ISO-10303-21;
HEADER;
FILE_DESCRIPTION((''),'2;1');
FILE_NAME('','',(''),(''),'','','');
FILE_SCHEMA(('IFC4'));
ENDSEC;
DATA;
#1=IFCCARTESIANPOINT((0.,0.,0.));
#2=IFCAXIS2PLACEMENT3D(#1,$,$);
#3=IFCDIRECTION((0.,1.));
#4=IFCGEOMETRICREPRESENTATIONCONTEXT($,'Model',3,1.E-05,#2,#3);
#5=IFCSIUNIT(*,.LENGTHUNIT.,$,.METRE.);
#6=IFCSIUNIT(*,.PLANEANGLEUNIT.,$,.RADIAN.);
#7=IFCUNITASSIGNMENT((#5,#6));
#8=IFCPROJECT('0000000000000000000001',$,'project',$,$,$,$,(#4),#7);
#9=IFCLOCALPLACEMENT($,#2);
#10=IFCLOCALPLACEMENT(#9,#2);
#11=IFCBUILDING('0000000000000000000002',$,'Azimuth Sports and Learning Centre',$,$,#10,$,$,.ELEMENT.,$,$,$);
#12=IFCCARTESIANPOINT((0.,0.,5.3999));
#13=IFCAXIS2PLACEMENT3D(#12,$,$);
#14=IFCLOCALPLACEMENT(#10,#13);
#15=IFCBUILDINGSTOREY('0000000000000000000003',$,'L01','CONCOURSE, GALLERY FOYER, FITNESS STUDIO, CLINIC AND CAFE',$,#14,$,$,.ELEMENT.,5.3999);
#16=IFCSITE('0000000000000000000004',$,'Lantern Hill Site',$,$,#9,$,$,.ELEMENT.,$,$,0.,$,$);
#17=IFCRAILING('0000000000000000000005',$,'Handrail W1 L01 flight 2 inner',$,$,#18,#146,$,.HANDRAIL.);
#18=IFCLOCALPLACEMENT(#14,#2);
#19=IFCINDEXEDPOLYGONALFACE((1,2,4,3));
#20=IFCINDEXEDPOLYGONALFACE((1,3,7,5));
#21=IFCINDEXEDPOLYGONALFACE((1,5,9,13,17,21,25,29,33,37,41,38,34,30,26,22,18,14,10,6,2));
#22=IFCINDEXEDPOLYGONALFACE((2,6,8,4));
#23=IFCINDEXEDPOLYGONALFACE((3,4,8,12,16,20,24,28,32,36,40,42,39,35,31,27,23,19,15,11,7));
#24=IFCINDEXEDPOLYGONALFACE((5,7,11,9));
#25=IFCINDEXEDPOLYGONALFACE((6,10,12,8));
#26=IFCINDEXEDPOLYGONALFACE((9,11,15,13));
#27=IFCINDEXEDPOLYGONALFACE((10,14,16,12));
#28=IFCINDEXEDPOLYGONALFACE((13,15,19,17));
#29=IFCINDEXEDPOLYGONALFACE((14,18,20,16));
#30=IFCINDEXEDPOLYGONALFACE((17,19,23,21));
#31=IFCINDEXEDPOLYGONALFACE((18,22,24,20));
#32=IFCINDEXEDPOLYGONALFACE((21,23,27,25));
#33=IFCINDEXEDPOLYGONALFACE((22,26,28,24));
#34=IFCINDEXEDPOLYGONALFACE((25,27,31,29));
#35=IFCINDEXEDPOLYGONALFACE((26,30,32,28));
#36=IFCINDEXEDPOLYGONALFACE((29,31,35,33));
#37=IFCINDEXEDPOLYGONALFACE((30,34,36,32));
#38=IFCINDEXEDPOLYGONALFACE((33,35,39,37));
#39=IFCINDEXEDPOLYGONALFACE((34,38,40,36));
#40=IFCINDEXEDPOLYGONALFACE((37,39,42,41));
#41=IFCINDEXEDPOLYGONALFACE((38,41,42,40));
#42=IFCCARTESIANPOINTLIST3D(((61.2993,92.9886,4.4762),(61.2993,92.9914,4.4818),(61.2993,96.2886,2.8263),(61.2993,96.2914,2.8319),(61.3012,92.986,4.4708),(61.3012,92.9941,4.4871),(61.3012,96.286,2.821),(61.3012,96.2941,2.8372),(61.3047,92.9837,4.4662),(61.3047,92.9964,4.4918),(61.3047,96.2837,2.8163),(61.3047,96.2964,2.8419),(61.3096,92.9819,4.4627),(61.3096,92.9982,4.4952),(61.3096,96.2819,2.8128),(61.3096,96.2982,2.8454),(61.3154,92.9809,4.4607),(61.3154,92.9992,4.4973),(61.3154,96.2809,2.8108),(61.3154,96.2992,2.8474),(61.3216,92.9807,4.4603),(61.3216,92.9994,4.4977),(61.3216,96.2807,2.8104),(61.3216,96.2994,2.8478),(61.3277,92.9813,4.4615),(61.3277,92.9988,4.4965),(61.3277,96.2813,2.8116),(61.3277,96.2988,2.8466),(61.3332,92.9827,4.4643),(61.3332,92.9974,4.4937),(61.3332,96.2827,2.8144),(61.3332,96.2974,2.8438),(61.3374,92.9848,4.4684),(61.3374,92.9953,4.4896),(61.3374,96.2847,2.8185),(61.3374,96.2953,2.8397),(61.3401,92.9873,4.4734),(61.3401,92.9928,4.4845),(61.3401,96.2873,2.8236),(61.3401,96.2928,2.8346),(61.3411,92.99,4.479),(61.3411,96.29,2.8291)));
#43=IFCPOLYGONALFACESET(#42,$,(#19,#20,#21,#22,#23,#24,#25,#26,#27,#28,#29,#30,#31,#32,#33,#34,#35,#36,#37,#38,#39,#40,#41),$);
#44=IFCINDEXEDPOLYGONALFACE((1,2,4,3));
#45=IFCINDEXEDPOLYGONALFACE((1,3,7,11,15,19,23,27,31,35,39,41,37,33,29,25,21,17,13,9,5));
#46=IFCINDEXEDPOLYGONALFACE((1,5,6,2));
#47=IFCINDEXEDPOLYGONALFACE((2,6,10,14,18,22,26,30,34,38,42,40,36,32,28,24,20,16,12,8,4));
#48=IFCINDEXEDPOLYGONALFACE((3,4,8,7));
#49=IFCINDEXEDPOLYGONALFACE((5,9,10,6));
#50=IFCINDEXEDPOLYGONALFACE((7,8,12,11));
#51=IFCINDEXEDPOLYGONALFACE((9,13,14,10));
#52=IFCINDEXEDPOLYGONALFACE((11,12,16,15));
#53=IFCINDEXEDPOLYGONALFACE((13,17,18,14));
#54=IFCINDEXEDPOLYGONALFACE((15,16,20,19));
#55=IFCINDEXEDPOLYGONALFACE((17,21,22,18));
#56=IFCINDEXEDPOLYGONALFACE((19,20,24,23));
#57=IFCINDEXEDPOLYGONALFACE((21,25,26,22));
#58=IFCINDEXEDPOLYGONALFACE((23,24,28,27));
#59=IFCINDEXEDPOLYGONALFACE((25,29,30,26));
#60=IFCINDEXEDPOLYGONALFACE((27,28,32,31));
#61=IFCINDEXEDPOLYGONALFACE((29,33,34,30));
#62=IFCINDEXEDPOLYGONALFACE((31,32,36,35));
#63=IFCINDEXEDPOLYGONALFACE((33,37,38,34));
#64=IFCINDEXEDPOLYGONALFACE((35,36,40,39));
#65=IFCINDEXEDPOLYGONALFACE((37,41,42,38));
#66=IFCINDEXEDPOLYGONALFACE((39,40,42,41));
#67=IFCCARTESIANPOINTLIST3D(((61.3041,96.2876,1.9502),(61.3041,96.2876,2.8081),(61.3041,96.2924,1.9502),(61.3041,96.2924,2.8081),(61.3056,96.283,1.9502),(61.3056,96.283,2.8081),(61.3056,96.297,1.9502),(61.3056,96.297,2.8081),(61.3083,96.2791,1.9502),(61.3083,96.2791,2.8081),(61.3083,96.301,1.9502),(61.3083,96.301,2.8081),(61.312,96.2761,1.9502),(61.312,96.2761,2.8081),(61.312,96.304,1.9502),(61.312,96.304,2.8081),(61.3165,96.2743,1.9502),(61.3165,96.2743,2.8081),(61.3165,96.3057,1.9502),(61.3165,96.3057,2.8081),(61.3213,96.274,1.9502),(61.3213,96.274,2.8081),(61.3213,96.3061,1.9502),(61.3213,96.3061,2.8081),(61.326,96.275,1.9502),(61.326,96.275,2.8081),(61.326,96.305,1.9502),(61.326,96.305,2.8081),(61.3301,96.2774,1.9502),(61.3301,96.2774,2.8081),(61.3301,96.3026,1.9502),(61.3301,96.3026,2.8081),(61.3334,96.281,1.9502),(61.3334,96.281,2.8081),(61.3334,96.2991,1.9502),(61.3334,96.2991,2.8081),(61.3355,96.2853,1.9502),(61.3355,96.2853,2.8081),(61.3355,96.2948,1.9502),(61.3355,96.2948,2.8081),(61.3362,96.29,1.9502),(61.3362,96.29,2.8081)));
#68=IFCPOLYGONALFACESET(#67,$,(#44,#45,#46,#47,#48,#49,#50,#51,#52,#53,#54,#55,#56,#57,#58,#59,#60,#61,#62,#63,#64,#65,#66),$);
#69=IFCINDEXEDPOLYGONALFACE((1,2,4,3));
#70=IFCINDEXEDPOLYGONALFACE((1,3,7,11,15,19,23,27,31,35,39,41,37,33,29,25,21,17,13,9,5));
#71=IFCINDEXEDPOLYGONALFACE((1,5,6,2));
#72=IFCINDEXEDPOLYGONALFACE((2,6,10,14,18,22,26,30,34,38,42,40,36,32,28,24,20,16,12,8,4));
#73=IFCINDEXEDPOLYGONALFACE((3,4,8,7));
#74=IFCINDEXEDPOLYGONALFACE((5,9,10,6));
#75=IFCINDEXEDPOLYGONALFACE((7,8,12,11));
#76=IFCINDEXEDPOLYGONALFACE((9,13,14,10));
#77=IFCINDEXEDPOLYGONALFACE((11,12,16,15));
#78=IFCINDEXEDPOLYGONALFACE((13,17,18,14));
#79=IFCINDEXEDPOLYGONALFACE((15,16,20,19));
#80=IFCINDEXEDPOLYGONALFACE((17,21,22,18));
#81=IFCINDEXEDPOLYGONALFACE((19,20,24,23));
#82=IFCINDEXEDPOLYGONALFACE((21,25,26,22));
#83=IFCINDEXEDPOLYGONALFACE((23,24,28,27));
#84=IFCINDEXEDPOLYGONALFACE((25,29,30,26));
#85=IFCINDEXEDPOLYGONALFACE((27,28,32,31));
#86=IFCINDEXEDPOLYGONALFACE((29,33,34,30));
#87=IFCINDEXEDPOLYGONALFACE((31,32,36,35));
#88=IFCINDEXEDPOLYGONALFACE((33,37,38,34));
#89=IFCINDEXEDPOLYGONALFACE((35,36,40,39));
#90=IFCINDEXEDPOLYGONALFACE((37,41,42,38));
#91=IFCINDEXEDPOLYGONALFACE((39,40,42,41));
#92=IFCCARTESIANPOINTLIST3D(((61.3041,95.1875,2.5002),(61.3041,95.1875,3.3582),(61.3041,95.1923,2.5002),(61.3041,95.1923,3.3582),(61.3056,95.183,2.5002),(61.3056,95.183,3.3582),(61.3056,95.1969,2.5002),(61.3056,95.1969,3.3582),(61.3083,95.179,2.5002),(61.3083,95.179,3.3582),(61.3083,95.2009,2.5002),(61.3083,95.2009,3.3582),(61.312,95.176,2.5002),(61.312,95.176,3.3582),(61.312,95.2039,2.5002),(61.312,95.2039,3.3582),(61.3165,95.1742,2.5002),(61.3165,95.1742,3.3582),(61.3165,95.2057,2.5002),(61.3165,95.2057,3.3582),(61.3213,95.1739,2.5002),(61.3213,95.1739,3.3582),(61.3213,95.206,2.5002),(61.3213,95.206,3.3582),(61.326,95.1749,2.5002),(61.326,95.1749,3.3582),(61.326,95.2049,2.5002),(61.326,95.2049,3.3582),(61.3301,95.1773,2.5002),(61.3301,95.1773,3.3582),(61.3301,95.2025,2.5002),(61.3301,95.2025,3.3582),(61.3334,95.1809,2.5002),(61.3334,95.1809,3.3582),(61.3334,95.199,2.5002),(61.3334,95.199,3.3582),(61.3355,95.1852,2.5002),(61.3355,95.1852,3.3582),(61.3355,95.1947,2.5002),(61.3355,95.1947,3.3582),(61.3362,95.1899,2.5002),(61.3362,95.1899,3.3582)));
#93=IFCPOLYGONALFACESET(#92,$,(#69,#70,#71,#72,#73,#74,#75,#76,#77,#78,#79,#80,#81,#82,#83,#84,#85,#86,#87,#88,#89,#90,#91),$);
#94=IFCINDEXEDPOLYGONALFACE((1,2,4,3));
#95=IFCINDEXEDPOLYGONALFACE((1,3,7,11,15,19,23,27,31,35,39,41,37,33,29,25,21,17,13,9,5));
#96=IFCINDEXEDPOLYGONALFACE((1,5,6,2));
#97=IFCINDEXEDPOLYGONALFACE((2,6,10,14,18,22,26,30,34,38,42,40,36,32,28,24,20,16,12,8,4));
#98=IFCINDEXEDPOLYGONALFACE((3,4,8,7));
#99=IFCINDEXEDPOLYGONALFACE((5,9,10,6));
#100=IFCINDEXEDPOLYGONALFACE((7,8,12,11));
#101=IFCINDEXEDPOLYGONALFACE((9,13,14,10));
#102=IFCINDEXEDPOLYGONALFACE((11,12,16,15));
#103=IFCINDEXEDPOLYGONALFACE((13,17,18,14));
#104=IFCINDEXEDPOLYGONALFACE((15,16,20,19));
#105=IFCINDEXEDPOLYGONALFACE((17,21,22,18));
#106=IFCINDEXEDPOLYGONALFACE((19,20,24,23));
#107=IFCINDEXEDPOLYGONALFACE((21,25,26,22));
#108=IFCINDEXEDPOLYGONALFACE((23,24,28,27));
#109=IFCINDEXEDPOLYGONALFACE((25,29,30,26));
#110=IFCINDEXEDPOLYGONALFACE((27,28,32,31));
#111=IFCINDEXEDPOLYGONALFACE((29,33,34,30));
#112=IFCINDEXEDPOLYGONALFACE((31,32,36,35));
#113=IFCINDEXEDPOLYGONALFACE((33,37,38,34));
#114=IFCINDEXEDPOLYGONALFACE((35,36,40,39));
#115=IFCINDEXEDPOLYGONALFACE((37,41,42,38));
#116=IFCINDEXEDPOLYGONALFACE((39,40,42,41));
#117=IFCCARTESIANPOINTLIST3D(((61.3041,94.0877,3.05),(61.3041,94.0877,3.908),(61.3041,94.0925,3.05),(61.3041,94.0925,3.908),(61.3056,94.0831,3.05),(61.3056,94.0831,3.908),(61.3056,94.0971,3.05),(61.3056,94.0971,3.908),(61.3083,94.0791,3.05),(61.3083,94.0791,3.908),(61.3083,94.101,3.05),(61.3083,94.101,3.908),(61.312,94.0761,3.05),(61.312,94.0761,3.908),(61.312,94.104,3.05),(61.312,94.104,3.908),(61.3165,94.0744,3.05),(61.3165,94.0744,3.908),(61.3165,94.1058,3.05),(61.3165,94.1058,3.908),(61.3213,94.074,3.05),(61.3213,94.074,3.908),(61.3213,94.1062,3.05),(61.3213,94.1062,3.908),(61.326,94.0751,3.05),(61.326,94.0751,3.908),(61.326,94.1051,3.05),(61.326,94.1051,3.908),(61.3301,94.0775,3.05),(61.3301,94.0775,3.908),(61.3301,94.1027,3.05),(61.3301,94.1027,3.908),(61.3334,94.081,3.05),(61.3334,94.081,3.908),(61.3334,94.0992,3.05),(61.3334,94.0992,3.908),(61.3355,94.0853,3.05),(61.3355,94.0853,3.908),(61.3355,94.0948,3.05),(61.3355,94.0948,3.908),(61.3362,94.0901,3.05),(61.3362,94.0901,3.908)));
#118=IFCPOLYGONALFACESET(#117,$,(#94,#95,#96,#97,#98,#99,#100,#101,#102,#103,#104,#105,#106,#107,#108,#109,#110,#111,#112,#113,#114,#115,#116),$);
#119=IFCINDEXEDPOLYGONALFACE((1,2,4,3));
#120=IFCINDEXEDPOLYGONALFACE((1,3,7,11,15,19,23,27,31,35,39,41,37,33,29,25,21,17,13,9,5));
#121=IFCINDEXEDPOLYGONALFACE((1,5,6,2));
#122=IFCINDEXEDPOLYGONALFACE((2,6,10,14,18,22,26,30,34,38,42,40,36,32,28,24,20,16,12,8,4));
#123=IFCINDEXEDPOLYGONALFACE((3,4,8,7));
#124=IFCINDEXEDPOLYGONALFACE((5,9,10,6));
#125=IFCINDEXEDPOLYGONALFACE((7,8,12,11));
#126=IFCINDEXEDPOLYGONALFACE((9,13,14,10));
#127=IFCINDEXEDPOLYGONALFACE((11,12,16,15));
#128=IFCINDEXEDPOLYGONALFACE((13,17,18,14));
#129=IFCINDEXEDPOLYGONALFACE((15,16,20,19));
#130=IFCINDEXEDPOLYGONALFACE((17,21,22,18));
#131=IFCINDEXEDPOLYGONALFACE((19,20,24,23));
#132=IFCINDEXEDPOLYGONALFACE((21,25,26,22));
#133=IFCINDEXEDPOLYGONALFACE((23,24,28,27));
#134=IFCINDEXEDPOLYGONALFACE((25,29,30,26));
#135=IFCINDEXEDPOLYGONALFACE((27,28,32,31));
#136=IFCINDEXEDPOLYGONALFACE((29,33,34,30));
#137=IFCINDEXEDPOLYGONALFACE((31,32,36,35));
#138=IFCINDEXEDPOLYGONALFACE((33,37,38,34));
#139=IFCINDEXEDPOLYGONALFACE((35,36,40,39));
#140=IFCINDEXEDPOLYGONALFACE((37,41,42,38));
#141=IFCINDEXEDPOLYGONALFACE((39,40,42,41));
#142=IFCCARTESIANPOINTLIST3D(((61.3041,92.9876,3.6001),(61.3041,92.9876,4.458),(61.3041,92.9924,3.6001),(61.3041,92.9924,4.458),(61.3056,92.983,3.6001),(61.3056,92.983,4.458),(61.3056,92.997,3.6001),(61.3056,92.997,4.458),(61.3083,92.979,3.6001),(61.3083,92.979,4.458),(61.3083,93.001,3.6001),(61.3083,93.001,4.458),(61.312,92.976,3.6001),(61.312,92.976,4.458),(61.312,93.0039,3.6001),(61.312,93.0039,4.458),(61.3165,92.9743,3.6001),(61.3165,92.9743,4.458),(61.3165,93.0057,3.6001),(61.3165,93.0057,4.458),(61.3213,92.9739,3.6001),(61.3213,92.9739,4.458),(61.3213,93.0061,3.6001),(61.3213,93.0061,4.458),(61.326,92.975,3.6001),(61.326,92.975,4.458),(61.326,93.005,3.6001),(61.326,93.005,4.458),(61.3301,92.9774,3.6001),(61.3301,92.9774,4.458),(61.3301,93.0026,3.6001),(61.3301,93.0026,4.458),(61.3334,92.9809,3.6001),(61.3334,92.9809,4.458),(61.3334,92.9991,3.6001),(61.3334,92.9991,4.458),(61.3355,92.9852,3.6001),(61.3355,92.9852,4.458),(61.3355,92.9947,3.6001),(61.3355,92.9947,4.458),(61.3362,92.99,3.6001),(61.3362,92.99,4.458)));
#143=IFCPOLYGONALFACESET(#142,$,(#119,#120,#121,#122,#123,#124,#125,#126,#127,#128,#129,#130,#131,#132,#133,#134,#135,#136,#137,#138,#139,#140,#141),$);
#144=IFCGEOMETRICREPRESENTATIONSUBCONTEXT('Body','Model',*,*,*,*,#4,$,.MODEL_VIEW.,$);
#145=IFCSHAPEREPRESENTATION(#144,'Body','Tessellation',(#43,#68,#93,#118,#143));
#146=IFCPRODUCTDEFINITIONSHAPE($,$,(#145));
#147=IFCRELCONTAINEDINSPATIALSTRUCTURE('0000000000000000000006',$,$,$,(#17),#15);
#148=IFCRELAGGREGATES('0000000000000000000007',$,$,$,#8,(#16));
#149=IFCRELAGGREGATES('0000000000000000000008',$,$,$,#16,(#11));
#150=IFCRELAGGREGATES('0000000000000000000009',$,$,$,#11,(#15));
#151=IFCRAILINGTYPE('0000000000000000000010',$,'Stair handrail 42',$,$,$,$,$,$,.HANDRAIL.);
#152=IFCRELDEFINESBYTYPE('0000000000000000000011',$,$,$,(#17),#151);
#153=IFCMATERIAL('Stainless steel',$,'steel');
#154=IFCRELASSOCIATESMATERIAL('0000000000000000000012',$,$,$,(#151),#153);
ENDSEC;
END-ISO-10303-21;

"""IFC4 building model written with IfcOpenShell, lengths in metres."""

from ifc_helpers import new_model, si_unit, direction, frame, origin, origin_2d, place, context, subcontext, project, spatial, circle, extrude, material, type_object, element, save


model = new_model("IFC4")

# Units and contexts
model_context = context("Model", 3, precision=1e-05, world=origin(), true_north=direction((0.0, 1.0)))
body_context = subcontext(model_context, "Body", "Model", "MODEL_VIEW")
ifc_project = project(units=[si_unit("LENGTHUNIT", "METRE"), si_unit("PLANEANGLEUNIT", "RADIAN")], contexts=[model_context])

# Site, building, storey
site_placement = place(None, origin())
site = spatial("IfcSite", under=ifc_project, at=site_placement, Name="Lantern Hill Site", CompositionType="ELEMENT", RefElevation=0.0)
building_placement = place(site_placement, origin())
building = spatial("IfcBuilding", under=site, at=building_placement, Name="Azimuth Sports and Learning Centre", CompositionType="ELEMENT")
storey_placement = place(building_placement, frame((0.0, 0.0, 5.3999)))
storey = spatial("IfcBuildingStorey", under=building, at=storey_placement, Name="L01", Description="CONCOURSE, GALLERY FOYER, FITNESS STUDIO, CLINIC AND CAFE", CompositionType="ELEMENT", Elevation=5.3999)

# Railing
ifc_material_1 = material(Name="Stainless steel", Category="steel")
railing_type_1 = type_object("IfcRailingType", Name="Stair handrail 42", PredefinedType="HANDRAIL", material=ifc_material_1)
for number, where, name in (
    (1, (61.3201, 96.29, 1.9502), "Handrail W1 L01 flight 2 inner"),
):
    element("IfcRailing", number, at=place(storey_placement, frame(where)), inside=storey, type_object=railing_type_1, Name=name, PredefinedType="HANDRAIL", context=body_context, shape_type="SweptSolid", body=[
        extrude(circle(Radius=0.021, at=origin_2d()), frame((0.0, 0.0, 0.8789), z_axis=(0.0, -0.89444, 0.447187), x_axis=(1.0, 0.0, 0.0)), (0.0, 0.0, 1.0), 3.6895),
        extrude(circle(Radius=0.0161, at=origin_2d()), origin(), (0.0, 0.0, 1.0), 0.8579),
        extrude(circle(Radius=0.0161, at=origin_2d()), frame((0.0, -1.1001, 0.55)), (0.0, 0.0, 1.0), 0.8579),
        extrude(circle(Radius=0.0161, at=origin_2d()), frame((0.0, -2.2, 1.0999)), (0.0, 0.0, 1.0), 0.8579),
        extrude(circle(Radius=0.0161, at=origin_2d()), frame((0.0, -3.3, 1.6499)), (0.0, 0.0, 1.0), 0.8579),
    ])

save(model, "model.ifc")
